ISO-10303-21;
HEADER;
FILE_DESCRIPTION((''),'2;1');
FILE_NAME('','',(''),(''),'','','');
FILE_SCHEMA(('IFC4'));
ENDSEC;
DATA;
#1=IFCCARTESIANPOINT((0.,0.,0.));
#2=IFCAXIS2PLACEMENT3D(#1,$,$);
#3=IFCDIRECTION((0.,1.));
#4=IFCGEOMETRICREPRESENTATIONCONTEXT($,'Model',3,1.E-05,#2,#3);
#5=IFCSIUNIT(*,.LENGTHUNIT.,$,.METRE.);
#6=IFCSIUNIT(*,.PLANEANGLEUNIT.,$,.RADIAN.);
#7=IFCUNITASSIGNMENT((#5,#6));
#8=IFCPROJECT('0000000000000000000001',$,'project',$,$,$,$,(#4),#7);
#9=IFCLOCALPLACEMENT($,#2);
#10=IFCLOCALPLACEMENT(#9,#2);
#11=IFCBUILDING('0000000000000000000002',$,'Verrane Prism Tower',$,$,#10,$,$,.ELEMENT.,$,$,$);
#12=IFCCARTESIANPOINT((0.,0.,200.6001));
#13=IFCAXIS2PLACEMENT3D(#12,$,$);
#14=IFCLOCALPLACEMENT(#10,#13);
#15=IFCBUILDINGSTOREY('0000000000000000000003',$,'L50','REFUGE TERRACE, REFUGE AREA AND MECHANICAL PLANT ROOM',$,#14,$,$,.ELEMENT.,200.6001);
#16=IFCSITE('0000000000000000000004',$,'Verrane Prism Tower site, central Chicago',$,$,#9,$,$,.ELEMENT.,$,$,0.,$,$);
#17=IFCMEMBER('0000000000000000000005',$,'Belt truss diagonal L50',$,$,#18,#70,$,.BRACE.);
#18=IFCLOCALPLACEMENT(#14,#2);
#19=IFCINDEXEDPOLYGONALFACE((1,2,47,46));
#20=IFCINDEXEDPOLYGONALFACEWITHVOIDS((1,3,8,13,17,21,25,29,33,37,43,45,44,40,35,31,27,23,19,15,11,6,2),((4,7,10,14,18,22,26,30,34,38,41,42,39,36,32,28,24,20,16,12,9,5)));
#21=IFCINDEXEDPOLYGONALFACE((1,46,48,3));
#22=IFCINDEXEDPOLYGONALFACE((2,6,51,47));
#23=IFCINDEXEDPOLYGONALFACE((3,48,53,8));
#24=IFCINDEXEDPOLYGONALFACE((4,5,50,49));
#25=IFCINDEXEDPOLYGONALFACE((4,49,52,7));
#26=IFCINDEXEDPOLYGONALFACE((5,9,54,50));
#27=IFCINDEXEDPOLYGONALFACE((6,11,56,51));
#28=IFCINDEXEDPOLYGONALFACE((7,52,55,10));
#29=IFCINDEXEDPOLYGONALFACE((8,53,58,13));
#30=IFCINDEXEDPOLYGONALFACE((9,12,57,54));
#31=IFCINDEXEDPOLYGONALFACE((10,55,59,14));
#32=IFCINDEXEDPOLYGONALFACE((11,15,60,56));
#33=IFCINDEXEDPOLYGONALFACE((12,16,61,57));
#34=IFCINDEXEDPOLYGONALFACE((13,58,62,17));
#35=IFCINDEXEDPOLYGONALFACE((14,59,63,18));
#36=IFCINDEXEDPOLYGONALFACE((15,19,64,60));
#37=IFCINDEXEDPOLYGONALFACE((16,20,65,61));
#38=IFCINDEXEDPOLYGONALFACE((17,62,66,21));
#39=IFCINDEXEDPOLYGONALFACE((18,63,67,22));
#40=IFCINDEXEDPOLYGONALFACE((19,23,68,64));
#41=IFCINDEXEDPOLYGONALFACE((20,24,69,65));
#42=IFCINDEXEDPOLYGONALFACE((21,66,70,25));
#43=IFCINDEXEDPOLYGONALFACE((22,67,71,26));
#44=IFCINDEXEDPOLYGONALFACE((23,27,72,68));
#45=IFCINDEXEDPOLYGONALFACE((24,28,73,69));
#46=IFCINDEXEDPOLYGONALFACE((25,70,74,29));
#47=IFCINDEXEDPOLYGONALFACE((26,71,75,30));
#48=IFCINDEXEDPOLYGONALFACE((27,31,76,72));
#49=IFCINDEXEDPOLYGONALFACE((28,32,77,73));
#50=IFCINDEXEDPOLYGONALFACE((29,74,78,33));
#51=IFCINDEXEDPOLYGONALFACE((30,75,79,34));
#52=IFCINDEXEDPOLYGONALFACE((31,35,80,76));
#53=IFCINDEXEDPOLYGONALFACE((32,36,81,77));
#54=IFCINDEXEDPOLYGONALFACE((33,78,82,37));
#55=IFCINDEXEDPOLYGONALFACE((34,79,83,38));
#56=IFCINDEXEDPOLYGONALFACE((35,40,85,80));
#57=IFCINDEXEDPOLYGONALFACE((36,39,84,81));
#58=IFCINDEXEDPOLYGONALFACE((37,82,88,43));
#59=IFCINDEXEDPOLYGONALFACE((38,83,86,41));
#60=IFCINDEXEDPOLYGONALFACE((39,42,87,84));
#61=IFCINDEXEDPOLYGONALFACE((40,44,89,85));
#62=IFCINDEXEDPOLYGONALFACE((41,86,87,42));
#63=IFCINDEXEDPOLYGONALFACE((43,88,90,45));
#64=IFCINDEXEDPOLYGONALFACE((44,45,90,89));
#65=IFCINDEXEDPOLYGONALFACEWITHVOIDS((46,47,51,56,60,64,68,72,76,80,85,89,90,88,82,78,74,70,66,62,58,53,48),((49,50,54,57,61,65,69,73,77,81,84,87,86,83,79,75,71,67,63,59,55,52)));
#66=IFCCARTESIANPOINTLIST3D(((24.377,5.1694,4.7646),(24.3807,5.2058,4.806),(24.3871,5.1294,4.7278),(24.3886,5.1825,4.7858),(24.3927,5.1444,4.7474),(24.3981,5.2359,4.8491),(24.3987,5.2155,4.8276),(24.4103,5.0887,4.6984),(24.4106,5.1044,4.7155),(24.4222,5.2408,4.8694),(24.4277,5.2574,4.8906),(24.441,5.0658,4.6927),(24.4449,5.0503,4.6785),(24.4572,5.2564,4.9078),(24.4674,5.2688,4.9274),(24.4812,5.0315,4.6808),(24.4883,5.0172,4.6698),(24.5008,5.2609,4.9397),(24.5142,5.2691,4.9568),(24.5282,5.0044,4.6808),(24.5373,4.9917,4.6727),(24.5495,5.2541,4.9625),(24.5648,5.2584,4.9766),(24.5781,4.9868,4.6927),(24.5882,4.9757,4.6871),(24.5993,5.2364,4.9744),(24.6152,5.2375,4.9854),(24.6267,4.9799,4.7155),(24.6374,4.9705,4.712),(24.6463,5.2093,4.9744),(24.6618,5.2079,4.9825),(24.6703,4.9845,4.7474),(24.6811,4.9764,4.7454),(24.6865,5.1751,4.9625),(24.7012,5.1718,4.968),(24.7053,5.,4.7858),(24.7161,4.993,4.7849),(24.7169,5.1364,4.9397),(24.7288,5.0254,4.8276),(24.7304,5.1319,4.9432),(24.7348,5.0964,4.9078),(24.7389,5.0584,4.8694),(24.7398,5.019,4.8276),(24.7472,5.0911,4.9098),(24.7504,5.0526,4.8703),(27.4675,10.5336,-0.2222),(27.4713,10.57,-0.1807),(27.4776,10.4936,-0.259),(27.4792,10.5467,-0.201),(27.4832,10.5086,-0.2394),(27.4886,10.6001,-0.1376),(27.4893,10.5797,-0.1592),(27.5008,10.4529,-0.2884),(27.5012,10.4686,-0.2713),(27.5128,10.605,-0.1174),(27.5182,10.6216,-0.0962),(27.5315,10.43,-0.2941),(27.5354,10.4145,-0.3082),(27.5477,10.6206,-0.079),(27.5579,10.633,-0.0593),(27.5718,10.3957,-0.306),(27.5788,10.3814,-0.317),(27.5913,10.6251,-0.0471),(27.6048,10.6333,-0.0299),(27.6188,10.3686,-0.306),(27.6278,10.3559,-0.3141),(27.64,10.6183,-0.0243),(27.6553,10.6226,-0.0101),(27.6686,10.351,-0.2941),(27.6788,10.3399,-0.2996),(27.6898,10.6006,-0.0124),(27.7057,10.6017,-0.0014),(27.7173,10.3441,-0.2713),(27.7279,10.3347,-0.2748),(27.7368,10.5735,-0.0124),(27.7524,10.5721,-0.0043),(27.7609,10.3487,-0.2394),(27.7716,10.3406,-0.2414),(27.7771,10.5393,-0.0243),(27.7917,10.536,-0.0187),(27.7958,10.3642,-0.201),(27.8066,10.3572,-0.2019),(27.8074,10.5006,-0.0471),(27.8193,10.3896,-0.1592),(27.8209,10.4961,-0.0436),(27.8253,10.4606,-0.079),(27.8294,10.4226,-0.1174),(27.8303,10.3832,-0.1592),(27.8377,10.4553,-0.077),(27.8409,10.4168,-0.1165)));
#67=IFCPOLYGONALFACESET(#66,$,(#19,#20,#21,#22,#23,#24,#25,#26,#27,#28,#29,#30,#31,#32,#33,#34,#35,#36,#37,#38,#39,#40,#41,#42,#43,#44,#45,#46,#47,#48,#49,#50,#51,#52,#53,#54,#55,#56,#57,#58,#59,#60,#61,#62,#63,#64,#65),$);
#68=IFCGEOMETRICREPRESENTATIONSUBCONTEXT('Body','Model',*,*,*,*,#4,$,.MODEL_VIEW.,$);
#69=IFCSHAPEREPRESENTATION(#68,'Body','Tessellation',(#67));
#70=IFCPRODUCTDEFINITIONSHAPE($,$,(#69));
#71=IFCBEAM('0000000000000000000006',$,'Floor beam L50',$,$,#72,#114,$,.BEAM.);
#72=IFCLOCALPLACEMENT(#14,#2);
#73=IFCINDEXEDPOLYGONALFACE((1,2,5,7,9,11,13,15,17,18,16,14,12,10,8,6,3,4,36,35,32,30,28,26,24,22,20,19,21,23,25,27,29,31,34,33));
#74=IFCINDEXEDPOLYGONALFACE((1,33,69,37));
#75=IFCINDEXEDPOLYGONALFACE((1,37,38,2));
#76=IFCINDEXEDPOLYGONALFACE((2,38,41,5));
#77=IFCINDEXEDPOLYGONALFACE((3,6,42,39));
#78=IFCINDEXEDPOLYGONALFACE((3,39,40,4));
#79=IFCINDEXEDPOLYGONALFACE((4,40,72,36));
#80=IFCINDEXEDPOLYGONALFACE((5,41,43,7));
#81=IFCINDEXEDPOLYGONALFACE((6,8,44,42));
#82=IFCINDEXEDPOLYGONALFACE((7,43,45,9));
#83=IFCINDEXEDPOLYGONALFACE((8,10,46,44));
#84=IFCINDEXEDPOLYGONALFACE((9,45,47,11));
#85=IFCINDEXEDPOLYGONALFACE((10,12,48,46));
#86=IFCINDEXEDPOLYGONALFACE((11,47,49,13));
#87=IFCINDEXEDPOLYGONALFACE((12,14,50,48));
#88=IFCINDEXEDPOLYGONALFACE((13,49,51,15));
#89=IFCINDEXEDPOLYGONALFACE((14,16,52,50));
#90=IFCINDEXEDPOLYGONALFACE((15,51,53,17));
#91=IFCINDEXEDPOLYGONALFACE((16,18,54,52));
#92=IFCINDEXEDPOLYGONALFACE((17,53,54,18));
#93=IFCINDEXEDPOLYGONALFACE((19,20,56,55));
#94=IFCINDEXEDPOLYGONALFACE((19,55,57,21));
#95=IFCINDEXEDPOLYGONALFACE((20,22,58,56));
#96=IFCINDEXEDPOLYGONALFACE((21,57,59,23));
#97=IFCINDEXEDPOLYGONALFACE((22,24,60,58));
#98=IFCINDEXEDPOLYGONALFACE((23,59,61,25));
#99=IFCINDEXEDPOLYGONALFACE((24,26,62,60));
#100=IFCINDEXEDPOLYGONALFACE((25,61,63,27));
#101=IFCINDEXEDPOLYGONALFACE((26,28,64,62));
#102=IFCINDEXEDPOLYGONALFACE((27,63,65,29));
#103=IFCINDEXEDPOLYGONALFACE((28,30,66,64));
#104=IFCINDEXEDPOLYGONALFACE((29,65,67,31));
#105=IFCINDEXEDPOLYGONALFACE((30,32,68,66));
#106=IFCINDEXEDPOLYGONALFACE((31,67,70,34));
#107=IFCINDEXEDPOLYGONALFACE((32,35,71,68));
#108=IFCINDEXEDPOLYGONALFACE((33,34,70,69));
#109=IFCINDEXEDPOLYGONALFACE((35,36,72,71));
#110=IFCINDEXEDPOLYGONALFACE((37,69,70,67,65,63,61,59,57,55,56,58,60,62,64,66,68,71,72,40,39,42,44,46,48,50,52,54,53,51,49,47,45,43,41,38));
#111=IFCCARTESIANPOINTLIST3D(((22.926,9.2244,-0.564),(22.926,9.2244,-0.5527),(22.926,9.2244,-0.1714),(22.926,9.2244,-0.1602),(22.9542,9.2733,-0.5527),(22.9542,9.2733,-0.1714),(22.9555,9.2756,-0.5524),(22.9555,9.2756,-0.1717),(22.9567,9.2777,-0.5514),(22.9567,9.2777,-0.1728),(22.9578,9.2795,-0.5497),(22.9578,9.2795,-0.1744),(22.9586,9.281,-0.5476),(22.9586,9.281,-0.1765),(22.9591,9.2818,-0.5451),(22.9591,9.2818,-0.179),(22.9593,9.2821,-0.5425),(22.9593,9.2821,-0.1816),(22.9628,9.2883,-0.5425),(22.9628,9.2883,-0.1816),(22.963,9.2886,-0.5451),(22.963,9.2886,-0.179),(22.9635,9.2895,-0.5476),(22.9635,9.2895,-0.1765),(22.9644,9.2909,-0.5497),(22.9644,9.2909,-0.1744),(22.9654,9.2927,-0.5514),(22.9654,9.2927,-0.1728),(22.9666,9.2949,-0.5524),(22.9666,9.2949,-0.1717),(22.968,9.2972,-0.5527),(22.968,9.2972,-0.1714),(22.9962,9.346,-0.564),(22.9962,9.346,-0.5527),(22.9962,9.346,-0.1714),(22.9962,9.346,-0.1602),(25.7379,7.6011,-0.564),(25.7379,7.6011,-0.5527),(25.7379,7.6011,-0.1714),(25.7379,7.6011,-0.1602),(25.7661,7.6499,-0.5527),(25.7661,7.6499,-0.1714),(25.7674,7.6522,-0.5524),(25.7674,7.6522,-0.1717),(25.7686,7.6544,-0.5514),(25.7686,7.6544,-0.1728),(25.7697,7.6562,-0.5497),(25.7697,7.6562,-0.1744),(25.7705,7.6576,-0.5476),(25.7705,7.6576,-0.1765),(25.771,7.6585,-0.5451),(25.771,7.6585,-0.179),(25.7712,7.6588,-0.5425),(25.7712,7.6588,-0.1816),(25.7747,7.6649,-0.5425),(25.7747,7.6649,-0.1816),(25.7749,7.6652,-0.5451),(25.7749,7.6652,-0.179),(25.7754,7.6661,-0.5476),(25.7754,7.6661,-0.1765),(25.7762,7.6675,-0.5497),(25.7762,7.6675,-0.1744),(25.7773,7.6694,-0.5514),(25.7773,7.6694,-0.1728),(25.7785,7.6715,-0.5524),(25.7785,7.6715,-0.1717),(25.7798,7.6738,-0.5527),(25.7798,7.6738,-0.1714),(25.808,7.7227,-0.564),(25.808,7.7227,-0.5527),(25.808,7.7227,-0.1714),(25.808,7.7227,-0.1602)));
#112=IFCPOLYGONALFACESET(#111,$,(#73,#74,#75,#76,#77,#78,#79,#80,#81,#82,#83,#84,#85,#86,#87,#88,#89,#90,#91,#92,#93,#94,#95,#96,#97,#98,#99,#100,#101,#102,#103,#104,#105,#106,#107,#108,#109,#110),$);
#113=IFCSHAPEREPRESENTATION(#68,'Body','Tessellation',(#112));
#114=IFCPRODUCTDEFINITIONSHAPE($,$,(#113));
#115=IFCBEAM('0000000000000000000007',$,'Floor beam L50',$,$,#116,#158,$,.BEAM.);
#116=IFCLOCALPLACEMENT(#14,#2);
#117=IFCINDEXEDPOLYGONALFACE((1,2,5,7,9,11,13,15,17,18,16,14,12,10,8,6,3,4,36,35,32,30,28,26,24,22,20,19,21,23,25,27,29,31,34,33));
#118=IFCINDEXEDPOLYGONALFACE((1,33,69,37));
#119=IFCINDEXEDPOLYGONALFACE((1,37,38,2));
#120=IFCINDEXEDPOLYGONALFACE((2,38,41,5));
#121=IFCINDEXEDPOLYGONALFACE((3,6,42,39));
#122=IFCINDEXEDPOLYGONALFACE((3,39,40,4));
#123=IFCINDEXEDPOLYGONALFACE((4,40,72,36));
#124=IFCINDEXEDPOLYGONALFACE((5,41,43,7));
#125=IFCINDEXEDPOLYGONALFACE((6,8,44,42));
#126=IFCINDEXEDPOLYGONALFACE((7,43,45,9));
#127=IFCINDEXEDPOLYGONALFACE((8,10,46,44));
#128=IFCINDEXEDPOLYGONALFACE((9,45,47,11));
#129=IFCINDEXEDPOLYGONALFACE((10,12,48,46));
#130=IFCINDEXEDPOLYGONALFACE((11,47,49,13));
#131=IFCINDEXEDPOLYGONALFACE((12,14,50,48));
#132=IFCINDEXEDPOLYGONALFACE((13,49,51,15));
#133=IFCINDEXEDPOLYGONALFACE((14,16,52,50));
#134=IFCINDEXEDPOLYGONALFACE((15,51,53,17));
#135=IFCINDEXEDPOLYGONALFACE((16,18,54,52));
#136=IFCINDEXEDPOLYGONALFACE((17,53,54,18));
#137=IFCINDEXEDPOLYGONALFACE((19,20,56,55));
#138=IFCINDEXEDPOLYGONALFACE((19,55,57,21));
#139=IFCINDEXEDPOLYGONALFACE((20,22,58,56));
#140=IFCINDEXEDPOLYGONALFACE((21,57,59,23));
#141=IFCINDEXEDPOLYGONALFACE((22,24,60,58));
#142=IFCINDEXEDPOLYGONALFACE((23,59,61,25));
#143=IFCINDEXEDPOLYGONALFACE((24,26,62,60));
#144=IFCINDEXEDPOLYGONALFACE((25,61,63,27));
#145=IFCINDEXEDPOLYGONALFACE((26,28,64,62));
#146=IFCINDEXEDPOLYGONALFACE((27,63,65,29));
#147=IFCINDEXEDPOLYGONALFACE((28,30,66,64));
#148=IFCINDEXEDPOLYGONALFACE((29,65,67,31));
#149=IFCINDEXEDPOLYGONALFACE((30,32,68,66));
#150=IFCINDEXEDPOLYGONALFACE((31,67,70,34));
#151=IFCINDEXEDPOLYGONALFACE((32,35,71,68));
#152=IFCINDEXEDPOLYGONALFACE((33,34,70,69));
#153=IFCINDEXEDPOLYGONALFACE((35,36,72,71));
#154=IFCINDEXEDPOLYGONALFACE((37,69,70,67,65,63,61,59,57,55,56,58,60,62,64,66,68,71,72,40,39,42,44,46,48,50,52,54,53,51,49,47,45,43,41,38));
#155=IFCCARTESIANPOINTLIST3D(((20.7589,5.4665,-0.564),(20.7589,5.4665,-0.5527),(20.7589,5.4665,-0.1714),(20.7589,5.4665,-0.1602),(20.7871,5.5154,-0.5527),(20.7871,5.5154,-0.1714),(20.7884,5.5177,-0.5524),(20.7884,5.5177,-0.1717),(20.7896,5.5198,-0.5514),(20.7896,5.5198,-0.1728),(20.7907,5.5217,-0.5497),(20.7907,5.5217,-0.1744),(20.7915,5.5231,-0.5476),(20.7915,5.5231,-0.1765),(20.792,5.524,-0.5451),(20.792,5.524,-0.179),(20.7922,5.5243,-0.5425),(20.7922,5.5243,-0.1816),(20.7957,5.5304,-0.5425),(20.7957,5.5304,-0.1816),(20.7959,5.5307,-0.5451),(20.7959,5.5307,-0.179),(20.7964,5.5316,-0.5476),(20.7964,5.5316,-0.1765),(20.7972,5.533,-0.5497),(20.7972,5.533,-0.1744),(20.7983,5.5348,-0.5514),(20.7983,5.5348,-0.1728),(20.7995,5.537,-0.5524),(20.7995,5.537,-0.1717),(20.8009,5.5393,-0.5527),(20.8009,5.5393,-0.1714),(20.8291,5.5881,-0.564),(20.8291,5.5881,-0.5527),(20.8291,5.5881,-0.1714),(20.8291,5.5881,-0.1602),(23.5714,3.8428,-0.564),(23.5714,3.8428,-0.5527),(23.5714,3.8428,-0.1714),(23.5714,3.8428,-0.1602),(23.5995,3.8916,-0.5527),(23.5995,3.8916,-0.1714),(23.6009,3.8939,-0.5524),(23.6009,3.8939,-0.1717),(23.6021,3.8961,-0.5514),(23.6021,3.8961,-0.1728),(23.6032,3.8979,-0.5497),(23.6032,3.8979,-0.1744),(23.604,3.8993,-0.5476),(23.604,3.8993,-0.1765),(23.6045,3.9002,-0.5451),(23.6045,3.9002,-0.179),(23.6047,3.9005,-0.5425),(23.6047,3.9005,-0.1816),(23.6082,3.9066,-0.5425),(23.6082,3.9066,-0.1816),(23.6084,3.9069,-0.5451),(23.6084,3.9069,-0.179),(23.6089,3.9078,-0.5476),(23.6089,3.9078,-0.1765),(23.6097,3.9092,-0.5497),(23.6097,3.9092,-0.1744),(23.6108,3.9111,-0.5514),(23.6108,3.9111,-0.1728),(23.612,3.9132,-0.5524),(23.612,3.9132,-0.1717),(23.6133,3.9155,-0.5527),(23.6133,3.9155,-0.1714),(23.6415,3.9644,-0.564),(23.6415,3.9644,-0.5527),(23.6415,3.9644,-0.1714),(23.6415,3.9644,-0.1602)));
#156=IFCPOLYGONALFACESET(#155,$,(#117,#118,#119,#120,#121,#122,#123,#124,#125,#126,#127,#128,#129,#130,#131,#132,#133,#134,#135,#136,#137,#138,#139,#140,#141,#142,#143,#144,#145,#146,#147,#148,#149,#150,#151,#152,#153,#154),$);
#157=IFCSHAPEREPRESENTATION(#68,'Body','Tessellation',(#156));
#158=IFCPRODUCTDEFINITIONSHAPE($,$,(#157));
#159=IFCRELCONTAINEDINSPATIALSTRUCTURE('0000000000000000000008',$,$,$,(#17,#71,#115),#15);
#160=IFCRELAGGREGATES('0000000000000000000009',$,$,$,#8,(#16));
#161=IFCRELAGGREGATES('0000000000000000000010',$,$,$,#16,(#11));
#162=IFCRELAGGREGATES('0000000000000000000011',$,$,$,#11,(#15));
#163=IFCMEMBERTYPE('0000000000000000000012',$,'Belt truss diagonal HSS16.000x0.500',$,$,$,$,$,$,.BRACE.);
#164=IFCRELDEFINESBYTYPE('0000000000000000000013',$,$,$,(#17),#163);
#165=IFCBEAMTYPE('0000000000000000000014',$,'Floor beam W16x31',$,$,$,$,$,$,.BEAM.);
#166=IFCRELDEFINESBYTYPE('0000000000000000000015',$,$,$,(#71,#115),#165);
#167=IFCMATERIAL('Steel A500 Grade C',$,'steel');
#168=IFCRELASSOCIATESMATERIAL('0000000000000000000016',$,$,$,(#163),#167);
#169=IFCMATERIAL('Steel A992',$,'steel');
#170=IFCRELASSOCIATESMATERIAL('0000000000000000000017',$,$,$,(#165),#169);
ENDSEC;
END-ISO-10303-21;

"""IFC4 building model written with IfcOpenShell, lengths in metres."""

from ifc_helpers import new_model, si_unit, direction, frame, origin, origin_2d, place, context, subcontext, project, spatial, hollow_circle, i_section, extrude, material, material_profile, profile_set, type_object, element, save


model = new_model("IFC4")

# Units and contexts
model_context = context("Model", 3, precision=1e-05, world=origin(), true_north=direction((0.0, 1.0)))
body_context = subcontext(model_context, "Body", "Model", "MODEL_VIEW")
ifc_project = project(units=[si_unit("LENGTHUNIT", "METRE"), si_unit("PLANEANGLEUNIT", "RADIAN")], contexts=[model_context])

# Site, building, storey
site_placement = place(None, origin())
site = spatial("IfcSite", under=ifc_project, at=site_placement, Name="Verrane Prism Tower site, central Chicago", CompositionType="ELEMENT", RefElevation=0.0)
building_placement = place(site_placement, origin())
building = spatial("IfcBuilding", under=site, at=building_placement, Name="Verrane Prism Tower", CompositionType="ELEMENT")
storey_placement = place(building_placement, frame((0.0, 0.0, 200.6001)))
storey = spatial("IfcBuildingStorey", under=building, at=storey_placement, Name="L50", Description="REFUGE TERRACE, REFUGE AREA AND MECHANICAL PLANT ROOM", CompositionType="ELEMENT", Elevation=200.6001)

# Member
ifc_material_1 = material(Name="Steel A500 Grade C", Category="steel")
ifc_material_profile_1 = material_profile(ifc_material_1, hollow_circle(Radius=0.2031, WallThickness=0.0127, at=origin_2d()), Name="HSS16.000x0.500")
ifc_profile_set_1 = profile_set([ifc_material_profile_1], Name="Steel A500 Grade C")
member_type_1 = type_object("IfcMemberType", Name="Belt truss diagonal HSS16.000x0.500", PredefinedType="BRACE", material=ifc_profile_set_1)
member_1_placement = place(storey_placement, frame((27.6543, 10.4846, -0.1592), z_axis=(-0.388774, -0.674788, 0.627308), x_axis=(0.866478, -0.499215, 0.0)))
element("IfcMember", 1, at=member_1_placement, inside=storey, type_object=member_type_1, Name="Belt truss diagonal L50", PredefinedType="BRACE", context=body_context, shape_type="SweptSolid", body=[
    extrude(hollow_circle(Radius=0.2031, WallThickness=0.0127, at=origin_2d()), origin(), (0.0, 0.0, 1.0), 7.9495),
])

# Beams
ifc_material_2 = material(Name="Steel A992", Category="steel")
ifc_material_profile_2 = material_profile(ifc_material_2, i_section(OverallWidth=0.1404, OverallDepth=0.4038, WebThickness=0.0071, FlangeThickness=0.0112, FilletRadius=0.0103, at=origin_2d()), Name="W16x31")
ifc_profile_set_2 = profile_set([ifc_material_profile_2], Name="Steel A992")
beam_type_1 = type_object("IfcBeamType", Name="Floor beam W16x31", PredefinedType="BEAM", material=ifc_profile_set_2)
beam_1_placement = place(storey_placement, frame((25.7729, 7.6619, -0.3621), z_axis=(-0.866037, 0.499981, 0.0), x_axis=(-0.499981, -0.866037, 0.0)))
element("IfcBeam", 2, at=beam_1_placement, inside=storey, type_object=beam_type_1, Name="Floor beam L50", PredefinedType="BEAM", context=body_context, shape_type="SweptSolid", body=[
    extrude(i_section(OverallWidth=0.1404, OverallDepth=0.4038, WebThickness=0.0071, FlangeThickness=0.0112, FilletRadius=0.0103, at=origin_2d()), origin(), (0.0, 0.0, 1.0), 3.2468),
])
beam_2_placement = place(storey_placement, frame((23.6064, 3.9036, -0.3621), z_axis=(-0.866028, 0.499996, 0.0), x_axis=(-0.499996, -0.866028, 0.0)))
element("IfcBeam", 3, at=beam_2_placement, inside=storey, type_object=beam_type_1, Name="Floor beam L50", PredefinedType="BEAM", context=body_context, shape_type="SweptSolid", body=[
    extrude(i_section(OverallWidth=0.1404, OverallDepth=0.4038, WebThickness=0.0071, FlangeThickness=0.0112, FilletRadius=0.0103, at=origin_2d()), origin(), (0.0, 0.0, 1.0), 3.2476),
])

save(model, "model.ifc")
